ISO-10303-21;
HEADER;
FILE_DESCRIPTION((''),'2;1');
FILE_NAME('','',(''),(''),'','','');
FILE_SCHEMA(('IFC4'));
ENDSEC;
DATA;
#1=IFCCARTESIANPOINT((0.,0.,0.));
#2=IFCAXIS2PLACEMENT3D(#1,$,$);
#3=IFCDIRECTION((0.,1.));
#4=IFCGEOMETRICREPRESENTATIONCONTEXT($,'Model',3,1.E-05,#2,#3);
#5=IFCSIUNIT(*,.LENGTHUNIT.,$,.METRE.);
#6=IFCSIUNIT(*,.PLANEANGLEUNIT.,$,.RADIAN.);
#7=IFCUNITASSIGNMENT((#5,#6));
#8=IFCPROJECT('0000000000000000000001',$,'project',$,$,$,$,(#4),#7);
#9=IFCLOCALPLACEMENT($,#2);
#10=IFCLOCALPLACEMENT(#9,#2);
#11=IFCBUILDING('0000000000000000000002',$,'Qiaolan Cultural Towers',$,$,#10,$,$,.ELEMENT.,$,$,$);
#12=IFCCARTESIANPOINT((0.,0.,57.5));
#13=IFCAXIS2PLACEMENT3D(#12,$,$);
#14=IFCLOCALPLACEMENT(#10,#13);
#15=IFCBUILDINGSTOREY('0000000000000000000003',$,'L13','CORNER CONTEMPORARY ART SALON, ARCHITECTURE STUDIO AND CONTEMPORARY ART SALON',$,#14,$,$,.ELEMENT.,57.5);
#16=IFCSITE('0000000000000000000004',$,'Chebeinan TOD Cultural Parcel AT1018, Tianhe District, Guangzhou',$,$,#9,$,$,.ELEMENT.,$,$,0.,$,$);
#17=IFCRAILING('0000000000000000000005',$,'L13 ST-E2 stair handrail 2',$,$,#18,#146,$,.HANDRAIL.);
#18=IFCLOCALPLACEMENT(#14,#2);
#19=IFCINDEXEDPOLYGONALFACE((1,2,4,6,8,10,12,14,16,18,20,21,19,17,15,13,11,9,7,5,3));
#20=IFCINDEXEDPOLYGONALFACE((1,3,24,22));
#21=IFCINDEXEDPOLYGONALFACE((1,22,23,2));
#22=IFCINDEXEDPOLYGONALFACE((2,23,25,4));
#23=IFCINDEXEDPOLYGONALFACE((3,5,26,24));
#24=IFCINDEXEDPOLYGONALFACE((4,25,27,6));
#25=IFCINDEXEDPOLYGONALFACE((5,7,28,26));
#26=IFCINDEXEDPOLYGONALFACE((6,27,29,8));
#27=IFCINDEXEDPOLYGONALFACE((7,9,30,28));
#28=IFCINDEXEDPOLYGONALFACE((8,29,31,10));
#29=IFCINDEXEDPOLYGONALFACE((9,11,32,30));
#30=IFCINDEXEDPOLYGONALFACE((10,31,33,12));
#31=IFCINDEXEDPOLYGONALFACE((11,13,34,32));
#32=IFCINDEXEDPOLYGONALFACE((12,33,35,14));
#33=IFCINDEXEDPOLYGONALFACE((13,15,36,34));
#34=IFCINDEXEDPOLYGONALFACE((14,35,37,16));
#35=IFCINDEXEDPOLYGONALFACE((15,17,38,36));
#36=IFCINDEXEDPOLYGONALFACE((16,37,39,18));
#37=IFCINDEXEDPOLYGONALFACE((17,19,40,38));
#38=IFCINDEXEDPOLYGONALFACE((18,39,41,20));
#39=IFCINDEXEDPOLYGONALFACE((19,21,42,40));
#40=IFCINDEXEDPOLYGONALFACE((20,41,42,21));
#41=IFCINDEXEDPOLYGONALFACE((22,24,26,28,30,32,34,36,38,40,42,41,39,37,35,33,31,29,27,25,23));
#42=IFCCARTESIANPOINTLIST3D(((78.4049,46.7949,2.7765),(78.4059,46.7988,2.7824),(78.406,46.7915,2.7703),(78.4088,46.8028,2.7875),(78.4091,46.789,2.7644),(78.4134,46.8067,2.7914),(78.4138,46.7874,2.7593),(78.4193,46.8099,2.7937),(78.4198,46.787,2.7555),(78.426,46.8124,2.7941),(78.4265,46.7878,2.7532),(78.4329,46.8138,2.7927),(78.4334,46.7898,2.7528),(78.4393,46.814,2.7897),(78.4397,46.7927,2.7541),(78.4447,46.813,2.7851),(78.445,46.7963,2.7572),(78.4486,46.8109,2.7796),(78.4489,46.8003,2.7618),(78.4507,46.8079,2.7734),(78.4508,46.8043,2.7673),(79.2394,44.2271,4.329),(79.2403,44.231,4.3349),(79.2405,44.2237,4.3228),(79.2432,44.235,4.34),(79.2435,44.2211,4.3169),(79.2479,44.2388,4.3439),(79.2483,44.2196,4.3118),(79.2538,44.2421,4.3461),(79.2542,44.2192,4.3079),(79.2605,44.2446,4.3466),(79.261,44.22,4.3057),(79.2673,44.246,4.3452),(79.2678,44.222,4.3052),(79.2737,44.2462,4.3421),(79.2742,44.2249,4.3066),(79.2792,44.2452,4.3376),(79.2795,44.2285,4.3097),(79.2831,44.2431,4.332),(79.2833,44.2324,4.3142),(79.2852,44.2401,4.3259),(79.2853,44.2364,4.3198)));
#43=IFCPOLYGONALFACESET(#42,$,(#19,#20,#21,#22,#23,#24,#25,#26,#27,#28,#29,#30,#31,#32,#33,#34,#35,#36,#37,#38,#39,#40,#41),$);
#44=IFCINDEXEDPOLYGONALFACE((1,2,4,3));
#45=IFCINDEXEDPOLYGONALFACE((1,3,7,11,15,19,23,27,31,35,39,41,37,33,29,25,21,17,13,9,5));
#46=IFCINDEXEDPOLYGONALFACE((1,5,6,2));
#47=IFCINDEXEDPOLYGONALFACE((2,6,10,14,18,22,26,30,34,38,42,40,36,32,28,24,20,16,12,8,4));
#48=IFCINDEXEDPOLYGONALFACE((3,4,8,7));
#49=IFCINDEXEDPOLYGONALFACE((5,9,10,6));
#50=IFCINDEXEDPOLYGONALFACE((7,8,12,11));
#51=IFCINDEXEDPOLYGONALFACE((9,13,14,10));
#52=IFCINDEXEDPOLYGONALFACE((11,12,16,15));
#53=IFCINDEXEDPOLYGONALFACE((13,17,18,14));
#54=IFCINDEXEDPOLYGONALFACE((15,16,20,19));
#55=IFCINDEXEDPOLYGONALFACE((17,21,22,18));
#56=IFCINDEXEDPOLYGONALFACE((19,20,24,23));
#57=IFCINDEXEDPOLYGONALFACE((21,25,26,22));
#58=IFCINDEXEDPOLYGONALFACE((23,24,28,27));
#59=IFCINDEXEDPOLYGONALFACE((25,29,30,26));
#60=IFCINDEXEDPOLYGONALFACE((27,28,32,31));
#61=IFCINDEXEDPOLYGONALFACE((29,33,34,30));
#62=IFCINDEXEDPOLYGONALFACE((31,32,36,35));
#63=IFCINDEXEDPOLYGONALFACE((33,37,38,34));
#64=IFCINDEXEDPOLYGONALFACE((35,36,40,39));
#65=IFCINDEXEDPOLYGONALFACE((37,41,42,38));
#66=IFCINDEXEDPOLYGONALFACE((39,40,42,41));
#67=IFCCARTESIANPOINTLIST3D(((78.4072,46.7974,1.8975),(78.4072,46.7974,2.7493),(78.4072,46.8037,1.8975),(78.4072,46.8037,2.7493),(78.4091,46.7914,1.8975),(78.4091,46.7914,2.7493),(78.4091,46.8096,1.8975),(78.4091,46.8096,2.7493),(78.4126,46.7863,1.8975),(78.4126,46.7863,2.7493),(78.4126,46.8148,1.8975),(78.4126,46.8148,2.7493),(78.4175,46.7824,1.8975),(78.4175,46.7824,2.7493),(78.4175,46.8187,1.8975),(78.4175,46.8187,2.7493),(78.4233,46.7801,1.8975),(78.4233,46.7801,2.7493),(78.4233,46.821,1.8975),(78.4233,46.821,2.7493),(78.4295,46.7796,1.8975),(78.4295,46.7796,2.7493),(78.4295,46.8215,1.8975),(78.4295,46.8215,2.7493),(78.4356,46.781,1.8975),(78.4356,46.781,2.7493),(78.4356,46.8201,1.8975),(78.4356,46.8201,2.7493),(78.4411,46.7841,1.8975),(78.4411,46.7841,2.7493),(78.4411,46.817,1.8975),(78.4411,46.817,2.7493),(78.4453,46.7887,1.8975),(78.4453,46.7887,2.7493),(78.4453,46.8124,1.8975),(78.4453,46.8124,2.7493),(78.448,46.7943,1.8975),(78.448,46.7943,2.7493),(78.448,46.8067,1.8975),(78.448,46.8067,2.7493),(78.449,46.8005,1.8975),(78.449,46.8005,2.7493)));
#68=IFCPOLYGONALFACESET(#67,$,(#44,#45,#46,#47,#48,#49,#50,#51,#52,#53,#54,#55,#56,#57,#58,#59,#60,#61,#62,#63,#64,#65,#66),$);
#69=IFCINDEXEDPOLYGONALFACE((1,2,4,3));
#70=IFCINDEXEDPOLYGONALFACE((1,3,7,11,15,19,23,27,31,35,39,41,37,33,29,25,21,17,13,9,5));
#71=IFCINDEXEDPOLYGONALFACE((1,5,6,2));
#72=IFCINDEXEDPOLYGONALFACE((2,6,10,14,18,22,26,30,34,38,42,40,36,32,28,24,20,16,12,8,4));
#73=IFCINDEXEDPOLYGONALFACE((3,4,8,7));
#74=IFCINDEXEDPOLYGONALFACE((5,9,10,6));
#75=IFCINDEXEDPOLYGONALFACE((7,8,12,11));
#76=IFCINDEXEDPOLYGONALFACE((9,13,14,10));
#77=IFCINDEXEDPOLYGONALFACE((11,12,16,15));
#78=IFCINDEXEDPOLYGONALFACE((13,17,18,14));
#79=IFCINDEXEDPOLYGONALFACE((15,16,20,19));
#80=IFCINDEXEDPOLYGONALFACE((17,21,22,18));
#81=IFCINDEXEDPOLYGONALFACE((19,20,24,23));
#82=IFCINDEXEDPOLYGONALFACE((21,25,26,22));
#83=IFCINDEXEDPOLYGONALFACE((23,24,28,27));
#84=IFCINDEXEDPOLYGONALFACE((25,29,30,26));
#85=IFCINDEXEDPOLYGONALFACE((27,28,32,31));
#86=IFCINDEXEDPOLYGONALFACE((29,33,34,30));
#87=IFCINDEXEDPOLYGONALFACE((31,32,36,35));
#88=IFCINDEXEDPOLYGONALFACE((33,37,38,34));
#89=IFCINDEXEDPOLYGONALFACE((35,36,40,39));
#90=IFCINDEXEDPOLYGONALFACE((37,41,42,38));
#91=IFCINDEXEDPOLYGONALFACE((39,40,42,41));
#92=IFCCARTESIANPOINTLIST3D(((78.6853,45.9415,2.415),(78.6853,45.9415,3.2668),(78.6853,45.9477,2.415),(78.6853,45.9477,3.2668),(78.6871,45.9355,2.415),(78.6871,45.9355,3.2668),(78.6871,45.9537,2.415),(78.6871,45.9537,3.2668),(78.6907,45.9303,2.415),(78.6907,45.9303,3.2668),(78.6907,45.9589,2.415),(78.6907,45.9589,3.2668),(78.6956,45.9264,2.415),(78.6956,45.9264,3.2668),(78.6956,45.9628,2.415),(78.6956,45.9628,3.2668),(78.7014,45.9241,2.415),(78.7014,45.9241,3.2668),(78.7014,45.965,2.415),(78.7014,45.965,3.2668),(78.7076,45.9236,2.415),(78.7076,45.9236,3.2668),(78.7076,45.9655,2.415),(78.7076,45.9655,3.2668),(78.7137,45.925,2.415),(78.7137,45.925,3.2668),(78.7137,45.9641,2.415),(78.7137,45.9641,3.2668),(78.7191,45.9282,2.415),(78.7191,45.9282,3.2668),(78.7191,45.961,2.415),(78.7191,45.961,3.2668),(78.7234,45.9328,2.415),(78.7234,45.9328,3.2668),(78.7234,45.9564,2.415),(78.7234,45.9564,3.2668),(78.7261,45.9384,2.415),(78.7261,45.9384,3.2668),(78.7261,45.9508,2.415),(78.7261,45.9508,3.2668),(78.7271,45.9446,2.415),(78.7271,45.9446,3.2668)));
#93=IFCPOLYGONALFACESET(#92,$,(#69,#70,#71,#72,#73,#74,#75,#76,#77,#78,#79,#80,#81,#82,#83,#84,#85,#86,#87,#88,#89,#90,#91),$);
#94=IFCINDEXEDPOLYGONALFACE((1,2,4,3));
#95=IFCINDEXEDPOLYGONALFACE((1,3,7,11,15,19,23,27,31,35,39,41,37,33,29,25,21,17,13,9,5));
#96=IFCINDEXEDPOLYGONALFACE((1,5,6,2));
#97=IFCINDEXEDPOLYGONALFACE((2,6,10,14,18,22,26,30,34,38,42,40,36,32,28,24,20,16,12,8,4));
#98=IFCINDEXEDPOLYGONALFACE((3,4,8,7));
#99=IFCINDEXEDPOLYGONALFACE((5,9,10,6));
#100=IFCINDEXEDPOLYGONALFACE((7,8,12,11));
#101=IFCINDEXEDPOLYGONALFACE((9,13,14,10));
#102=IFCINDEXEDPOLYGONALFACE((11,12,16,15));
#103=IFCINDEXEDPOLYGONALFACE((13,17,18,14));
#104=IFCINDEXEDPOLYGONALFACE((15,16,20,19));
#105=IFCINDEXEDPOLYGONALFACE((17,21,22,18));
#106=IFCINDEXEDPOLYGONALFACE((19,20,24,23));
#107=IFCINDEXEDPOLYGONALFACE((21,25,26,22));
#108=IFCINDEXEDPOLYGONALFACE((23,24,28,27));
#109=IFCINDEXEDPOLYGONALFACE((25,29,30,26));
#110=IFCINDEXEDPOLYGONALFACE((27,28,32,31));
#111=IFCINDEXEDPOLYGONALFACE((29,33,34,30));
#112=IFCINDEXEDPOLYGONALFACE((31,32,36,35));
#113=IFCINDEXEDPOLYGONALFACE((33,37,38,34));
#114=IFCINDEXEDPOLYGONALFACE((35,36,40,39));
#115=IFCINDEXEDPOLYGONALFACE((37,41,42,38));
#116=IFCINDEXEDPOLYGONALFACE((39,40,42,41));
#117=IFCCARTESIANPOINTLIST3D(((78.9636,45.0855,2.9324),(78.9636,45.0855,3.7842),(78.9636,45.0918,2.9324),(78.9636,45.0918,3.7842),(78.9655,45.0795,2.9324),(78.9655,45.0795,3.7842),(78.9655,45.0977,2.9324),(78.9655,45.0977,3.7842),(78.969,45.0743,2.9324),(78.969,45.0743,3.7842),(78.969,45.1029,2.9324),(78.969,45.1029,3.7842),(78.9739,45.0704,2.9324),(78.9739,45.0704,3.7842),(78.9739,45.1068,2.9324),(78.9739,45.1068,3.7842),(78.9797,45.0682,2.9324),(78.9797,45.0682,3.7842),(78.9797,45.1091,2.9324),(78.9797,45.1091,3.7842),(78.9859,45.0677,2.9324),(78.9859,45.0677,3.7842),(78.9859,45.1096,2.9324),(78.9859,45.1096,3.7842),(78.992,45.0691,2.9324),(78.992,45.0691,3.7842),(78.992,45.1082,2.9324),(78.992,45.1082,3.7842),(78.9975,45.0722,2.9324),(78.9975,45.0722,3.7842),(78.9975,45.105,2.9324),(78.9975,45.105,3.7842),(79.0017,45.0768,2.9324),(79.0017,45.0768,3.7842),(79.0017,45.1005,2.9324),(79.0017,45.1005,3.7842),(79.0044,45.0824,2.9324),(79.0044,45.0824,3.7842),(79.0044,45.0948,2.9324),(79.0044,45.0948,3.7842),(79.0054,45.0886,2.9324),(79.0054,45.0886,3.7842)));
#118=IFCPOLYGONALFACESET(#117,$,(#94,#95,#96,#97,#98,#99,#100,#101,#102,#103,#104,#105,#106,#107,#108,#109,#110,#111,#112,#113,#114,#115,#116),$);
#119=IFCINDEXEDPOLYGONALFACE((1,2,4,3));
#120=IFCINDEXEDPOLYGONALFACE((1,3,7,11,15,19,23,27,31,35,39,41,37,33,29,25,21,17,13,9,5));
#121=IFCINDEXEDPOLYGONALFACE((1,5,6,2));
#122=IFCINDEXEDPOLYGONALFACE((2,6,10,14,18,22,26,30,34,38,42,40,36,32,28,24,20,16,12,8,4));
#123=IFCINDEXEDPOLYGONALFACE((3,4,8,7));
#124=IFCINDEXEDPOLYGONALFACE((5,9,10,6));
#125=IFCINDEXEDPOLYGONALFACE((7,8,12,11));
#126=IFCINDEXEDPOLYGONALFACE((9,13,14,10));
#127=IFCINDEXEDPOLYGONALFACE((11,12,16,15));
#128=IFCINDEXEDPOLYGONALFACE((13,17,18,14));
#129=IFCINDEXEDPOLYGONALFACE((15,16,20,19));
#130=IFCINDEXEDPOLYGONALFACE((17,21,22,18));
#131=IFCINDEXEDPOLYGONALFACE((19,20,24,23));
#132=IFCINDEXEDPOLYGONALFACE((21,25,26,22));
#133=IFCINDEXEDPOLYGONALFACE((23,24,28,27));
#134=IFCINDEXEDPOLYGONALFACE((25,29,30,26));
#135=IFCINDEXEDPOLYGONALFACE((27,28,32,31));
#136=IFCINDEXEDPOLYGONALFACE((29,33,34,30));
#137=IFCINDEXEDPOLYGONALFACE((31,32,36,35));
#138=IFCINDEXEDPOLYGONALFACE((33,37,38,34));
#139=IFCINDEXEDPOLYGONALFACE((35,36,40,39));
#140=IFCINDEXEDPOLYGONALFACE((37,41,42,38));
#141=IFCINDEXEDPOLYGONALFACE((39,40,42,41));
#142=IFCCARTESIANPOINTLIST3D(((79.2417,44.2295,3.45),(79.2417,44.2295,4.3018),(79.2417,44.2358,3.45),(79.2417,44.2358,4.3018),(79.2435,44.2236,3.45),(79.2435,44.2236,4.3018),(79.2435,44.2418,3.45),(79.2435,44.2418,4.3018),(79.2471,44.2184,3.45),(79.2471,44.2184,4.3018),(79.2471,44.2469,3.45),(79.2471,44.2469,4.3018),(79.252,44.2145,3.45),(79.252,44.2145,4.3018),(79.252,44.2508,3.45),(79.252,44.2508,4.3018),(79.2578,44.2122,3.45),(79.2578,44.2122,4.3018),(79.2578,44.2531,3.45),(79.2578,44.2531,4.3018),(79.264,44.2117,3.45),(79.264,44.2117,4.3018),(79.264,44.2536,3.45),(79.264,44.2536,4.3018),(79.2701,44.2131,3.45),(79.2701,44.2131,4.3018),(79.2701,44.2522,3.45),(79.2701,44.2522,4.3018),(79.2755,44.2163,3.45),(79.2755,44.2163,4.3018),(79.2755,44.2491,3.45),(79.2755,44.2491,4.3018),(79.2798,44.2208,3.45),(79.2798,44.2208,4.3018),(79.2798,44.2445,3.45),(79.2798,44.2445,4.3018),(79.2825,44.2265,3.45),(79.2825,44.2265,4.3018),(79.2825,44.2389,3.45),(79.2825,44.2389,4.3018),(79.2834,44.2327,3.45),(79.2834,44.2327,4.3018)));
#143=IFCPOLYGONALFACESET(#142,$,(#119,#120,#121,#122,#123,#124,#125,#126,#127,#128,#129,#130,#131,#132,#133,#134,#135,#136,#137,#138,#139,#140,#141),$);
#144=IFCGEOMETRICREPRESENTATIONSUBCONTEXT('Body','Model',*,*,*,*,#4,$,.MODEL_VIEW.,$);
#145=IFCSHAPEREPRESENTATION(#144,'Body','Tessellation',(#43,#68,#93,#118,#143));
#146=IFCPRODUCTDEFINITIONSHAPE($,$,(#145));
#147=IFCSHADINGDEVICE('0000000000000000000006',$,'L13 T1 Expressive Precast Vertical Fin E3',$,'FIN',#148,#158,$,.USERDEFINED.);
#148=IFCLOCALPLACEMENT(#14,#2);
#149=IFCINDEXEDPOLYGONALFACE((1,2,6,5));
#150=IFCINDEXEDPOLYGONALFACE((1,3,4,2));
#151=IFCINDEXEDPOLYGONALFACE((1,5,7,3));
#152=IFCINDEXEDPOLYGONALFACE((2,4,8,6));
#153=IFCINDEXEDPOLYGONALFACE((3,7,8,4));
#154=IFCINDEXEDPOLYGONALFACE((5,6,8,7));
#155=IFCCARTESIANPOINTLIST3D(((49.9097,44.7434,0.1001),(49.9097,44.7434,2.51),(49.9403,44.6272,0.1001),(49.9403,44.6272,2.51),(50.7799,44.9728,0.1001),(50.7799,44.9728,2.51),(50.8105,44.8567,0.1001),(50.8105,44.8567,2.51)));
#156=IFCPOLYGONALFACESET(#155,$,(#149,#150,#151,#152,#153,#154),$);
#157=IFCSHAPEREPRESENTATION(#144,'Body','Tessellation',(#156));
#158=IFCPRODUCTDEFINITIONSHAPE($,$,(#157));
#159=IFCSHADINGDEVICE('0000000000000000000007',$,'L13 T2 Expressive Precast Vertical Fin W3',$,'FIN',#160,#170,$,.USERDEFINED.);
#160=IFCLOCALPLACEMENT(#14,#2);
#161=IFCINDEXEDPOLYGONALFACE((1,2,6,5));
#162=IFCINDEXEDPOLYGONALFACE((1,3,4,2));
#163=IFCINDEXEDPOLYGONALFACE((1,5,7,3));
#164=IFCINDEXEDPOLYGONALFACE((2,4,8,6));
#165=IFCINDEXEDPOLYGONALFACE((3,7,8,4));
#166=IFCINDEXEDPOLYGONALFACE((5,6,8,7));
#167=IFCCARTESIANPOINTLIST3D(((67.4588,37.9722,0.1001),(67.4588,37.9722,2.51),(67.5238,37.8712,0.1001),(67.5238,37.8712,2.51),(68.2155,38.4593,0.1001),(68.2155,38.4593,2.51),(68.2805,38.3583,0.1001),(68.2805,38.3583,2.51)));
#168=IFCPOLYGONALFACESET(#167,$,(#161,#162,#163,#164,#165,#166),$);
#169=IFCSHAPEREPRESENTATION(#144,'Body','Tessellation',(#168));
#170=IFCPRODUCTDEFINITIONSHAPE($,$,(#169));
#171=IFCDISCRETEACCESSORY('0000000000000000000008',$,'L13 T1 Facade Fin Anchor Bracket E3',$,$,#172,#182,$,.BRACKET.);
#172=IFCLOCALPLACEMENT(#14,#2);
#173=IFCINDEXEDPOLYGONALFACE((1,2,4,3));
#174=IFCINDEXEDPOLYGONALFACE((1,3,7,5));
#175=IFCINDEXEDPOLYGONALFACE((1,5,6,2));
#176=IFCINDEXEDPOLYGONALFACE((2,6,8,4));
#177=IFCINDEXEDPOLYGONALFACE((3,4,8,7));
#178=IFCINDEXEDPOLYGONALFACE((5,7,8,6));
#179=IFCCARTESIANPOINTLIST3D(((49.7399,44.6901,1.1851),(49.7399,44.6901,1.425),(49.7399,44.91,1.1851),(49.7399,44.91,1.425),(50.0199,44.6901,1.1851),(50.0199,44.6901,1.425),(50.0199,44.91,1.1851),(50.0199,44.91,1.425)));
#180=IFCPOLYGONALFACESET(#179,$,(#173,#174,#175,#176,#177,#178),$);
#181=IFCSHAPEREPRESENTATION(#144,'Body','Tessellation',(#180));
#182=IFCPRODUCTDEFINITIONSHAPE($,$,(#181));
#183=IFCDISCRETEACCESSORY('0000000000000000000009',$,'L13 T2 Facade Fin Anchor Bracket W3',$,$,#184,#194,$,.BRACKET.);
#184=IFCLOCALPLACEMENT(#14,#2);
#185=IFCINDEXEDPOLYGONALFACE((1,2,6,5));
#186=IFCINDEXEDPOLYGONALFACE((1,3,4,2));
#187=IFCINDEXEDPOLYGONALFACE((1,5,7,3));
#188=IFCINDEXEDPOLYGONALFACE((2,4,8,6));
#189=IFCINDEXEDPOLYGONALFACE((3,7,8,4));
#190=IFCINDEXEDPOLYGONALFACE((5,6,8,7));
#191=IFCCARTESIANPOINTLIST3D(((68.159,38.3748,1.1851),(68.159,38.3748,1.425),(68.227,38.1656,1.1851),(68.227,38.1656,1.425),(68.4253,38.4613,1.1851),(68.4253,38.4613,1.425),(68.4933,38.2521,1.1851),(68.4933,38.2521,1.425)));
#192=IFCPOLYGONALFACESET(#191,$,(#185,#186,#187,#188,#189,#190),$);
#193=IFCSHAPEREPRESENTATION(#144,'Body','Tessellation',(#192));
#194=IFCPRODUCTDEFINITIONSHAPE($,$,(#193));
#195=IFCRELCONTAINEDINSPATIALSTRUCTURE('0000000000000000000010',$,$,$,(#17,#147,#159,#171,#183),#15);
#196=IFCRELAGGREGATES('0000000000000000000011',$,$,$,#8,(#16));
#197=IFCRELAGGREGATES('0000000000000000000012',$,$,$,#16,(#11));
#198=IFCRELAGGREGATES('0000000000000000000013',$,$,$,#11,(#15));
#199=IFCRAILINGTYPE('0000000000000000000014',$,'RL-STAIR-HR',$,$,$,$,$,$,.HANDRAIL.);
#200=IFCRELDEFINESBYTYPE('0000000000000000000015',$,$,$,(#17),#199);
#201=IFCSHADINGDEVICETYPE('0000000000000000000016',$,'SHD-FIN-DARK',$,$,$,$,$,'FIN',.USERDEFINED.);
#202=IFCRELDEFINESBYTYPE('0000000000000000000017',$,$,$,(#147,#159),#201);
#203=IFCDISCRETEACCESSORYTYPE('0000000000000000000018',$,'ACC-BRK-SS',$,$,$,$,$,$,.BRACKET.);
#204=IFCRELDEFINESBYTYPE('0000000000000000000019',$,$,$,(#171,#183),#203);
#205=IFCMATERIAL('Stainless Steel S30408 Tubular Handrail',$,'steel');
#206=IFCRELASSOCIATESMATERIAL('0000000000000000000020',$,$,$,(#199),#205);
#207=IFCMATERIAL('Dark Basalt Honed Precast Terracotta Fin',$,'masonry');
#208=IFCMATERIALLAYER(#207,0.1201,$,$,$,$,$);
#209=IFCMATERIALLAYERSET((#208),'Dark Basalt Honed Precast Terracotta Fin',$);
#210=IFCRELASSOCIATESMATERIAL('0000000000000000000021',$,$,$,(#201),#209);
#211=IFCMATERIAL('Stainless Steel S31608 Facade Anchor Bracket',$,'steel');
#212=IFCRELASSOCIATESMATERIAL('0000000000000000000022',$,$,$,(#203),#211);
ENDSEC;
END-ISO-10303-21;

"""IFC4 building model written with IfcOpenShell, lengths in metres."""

from ifc_helpers import new_model, si_unit, direction, frame, origin, origin_2d, place, context, subcontext, project, spatial, rectangle, circle, extrude, material, layer, layer_set, type_object, element, save


model = new_model("IFC4")

# Units and contexts
model_context = context("Model", 3, precision=1e-05, world=origin(), true_north=direction((0.0, 1.0)))
body_context = subcontext(model_context, "Body", "Model", "MODEL_VIEW")
ifc_project = project(units=[si_unit("LENGTHUNIT", "METRE"), si_unit("PLANEANGLEUNIT", "RADIAN")], contexts=[model_context])

# Site, building, storey
site_placement = place(None, origin())
site = spatial("IfcSite", under=ifc_project, at=site_placement, Name="Chebeinan TOD Cultural Parcel AT1018, Tianhe District, Guangzhou", CompositionType="ELEMENT", RefElevation=0.0)
building_placement = place(site_placement, origin())
building = spatial("IfcBuilding", under=site, at=building_placement, Name="Qiaolan Cultural Towers", CompositionType="ELEMENT")
storey_placement = place(building_placement, frame((0.0, 0.0, 57.5)))
storey = spatial("IfcBuildingStorey", under=building, at=storey_placement, Name="L13", Description="CORNER CONTEMPORARY ART SALON, ARCHITECTURE STUDIO AND CONTEMPORARY ART SALON", CompositionType="ELEMENT", Elevation=57.5)

# Railing
ifc_material_1 = material(Name="Stainless Steel S30408 Tubular Handrail", Category="steel")
railing_type_1 = type_object("IfcRailingType", Name="RL-STAIR-HR", PredefinedType="HANDRAIL", material=ifc_material_1)
railing_1_placement = place(storey_placement, frame((78.428, 46.8005, 1.8975)))
element("IfcRailing", 1, at=railing_1_placement, inside=storey, type_object=railing_type_1, Name="L13 ST-E2 stair handrail 2", PredefinedType="HANDRAIL", context=body_context, shape_type="SweptSolid", body=[
    extrude(circle(Radius=0.0239, at=origin_2d()), frame((0.0, 0.0, 0.876), z_axis=(0.267926, -0.824471, 0.498461), x_axis=(0.951043, 0.309057, 0.0)), (0.0, 0.0, 1.0), 3.1145),
    extrude(circle(Radius=0.021, at=origin_2d()), origin(), (0.0, 0.0, 1.0), 0.8518),
    extrude(circle(Radius=0.021, at=origin_2d()), frame((0.2781, -0.856, 0.5176)), (0.0, 0.0, 1.0), 0.8518),
    extrude(circle(Radius=0.021, at=origin_2d()), frame((0.5564, -1.7119, 1.0349)), (0.0, 0.0, 1.0), 0.8518),
    extrude(circle(Radius=0.021, at=origin_2d()), frame((0.8345, -2.5679, 1.5525)), (0.0, 0.0, 1.0), 0.8518),
])

# Shading devices
ifc_material_2 = material(Name="Dark Basalt Honed Precast Terracotta Fin", Category="masonry")
ifc_layer_1 = layer(ifc_material_2, 0.1201)
ifc_layer_set_1 = layer_set([ifc_layer_1], Name="Dark Basalt Honed Precast Terracotta Fin")
shading_device_type = type_object("IfcShadingDeviceType", Name="SHD-FIN-DARK", ElementType="FIN", PredefinedType="USERDEFINED", material=ifc_layer_set_1)
for number, where, z_axis, x_axis, name in (
    (2, (50.3601, 44.8, 0.1001), (0.0, 0.0, 1.0), (0.966948, 0.254975, 0.0), "L13 T1 Expressive Precast Vertical Fin E3"),
    (3, (67.8696, 38.1653, 0.1001), (0.0, 0.0, 1.0), (0.84083, 0.541299, 0.0), "L13 T2 Expressive Precast Vertical Fin W3"),
):
    element("IfcShadingDevice", number, at=place(storey_placement, frame(where, z_axis=z_axis, x_axis=x_axis)), inside=storey, type_object=shading_device_type, Name=name, ObjectType="FIN", PredefinedType="USERDEFINED", context=body_context, shape_type="SweptSolid", body=[
        extrude(rectangle(XDim=0.8999, YDim=0.1201, at=origin_2d()), origin(), (0.0, 0.0, 1.0), 2.4099),
    ])

# Discrete accessories
ifc_material_3 = material(Name="Stainless Steel S31608 Facade Anchor Bracket", Category="steel")
discrete_accessory_type = type_object("IfcDiscreteAccessoryType", Name="ACC-BRK-SS", PredefinedType="BRACKET", material=ifc_material_3)
for number, where, z_axis, x_axis, name in (
    (4, (49.8799, 44.8, 1.1851), (0.0, 0.0, 1.0), (1.0, 0.0, 0.0), "L13 T1 Facade Fin Anchor Bracket E3"),
    (5, (68.3262, 38.3135, 1.1851), (0.0, 0.0, 1.0), (0.951057, 0.309017, 0.0), "L13 T2 Facade Fin Anchor Bracket W3"),
):
    element("IfcDiscreteAccessory", number, at=place(storey_placement, frame(where, z_axis=z_axis, x_axis=x_axis)), inside=storey, type_object=discrete_accessory_type, Name=name, PredefinedType="BRACKET", context=body_context, shape_type="SweptSolid", body=[
        extrude(rectangle(XDim=0.28, YDim=0.22, at=origin_2d()), origin(), (0.0, 0.0, 1.0), 0.24),
    ])

save(model, "model.ifc")
